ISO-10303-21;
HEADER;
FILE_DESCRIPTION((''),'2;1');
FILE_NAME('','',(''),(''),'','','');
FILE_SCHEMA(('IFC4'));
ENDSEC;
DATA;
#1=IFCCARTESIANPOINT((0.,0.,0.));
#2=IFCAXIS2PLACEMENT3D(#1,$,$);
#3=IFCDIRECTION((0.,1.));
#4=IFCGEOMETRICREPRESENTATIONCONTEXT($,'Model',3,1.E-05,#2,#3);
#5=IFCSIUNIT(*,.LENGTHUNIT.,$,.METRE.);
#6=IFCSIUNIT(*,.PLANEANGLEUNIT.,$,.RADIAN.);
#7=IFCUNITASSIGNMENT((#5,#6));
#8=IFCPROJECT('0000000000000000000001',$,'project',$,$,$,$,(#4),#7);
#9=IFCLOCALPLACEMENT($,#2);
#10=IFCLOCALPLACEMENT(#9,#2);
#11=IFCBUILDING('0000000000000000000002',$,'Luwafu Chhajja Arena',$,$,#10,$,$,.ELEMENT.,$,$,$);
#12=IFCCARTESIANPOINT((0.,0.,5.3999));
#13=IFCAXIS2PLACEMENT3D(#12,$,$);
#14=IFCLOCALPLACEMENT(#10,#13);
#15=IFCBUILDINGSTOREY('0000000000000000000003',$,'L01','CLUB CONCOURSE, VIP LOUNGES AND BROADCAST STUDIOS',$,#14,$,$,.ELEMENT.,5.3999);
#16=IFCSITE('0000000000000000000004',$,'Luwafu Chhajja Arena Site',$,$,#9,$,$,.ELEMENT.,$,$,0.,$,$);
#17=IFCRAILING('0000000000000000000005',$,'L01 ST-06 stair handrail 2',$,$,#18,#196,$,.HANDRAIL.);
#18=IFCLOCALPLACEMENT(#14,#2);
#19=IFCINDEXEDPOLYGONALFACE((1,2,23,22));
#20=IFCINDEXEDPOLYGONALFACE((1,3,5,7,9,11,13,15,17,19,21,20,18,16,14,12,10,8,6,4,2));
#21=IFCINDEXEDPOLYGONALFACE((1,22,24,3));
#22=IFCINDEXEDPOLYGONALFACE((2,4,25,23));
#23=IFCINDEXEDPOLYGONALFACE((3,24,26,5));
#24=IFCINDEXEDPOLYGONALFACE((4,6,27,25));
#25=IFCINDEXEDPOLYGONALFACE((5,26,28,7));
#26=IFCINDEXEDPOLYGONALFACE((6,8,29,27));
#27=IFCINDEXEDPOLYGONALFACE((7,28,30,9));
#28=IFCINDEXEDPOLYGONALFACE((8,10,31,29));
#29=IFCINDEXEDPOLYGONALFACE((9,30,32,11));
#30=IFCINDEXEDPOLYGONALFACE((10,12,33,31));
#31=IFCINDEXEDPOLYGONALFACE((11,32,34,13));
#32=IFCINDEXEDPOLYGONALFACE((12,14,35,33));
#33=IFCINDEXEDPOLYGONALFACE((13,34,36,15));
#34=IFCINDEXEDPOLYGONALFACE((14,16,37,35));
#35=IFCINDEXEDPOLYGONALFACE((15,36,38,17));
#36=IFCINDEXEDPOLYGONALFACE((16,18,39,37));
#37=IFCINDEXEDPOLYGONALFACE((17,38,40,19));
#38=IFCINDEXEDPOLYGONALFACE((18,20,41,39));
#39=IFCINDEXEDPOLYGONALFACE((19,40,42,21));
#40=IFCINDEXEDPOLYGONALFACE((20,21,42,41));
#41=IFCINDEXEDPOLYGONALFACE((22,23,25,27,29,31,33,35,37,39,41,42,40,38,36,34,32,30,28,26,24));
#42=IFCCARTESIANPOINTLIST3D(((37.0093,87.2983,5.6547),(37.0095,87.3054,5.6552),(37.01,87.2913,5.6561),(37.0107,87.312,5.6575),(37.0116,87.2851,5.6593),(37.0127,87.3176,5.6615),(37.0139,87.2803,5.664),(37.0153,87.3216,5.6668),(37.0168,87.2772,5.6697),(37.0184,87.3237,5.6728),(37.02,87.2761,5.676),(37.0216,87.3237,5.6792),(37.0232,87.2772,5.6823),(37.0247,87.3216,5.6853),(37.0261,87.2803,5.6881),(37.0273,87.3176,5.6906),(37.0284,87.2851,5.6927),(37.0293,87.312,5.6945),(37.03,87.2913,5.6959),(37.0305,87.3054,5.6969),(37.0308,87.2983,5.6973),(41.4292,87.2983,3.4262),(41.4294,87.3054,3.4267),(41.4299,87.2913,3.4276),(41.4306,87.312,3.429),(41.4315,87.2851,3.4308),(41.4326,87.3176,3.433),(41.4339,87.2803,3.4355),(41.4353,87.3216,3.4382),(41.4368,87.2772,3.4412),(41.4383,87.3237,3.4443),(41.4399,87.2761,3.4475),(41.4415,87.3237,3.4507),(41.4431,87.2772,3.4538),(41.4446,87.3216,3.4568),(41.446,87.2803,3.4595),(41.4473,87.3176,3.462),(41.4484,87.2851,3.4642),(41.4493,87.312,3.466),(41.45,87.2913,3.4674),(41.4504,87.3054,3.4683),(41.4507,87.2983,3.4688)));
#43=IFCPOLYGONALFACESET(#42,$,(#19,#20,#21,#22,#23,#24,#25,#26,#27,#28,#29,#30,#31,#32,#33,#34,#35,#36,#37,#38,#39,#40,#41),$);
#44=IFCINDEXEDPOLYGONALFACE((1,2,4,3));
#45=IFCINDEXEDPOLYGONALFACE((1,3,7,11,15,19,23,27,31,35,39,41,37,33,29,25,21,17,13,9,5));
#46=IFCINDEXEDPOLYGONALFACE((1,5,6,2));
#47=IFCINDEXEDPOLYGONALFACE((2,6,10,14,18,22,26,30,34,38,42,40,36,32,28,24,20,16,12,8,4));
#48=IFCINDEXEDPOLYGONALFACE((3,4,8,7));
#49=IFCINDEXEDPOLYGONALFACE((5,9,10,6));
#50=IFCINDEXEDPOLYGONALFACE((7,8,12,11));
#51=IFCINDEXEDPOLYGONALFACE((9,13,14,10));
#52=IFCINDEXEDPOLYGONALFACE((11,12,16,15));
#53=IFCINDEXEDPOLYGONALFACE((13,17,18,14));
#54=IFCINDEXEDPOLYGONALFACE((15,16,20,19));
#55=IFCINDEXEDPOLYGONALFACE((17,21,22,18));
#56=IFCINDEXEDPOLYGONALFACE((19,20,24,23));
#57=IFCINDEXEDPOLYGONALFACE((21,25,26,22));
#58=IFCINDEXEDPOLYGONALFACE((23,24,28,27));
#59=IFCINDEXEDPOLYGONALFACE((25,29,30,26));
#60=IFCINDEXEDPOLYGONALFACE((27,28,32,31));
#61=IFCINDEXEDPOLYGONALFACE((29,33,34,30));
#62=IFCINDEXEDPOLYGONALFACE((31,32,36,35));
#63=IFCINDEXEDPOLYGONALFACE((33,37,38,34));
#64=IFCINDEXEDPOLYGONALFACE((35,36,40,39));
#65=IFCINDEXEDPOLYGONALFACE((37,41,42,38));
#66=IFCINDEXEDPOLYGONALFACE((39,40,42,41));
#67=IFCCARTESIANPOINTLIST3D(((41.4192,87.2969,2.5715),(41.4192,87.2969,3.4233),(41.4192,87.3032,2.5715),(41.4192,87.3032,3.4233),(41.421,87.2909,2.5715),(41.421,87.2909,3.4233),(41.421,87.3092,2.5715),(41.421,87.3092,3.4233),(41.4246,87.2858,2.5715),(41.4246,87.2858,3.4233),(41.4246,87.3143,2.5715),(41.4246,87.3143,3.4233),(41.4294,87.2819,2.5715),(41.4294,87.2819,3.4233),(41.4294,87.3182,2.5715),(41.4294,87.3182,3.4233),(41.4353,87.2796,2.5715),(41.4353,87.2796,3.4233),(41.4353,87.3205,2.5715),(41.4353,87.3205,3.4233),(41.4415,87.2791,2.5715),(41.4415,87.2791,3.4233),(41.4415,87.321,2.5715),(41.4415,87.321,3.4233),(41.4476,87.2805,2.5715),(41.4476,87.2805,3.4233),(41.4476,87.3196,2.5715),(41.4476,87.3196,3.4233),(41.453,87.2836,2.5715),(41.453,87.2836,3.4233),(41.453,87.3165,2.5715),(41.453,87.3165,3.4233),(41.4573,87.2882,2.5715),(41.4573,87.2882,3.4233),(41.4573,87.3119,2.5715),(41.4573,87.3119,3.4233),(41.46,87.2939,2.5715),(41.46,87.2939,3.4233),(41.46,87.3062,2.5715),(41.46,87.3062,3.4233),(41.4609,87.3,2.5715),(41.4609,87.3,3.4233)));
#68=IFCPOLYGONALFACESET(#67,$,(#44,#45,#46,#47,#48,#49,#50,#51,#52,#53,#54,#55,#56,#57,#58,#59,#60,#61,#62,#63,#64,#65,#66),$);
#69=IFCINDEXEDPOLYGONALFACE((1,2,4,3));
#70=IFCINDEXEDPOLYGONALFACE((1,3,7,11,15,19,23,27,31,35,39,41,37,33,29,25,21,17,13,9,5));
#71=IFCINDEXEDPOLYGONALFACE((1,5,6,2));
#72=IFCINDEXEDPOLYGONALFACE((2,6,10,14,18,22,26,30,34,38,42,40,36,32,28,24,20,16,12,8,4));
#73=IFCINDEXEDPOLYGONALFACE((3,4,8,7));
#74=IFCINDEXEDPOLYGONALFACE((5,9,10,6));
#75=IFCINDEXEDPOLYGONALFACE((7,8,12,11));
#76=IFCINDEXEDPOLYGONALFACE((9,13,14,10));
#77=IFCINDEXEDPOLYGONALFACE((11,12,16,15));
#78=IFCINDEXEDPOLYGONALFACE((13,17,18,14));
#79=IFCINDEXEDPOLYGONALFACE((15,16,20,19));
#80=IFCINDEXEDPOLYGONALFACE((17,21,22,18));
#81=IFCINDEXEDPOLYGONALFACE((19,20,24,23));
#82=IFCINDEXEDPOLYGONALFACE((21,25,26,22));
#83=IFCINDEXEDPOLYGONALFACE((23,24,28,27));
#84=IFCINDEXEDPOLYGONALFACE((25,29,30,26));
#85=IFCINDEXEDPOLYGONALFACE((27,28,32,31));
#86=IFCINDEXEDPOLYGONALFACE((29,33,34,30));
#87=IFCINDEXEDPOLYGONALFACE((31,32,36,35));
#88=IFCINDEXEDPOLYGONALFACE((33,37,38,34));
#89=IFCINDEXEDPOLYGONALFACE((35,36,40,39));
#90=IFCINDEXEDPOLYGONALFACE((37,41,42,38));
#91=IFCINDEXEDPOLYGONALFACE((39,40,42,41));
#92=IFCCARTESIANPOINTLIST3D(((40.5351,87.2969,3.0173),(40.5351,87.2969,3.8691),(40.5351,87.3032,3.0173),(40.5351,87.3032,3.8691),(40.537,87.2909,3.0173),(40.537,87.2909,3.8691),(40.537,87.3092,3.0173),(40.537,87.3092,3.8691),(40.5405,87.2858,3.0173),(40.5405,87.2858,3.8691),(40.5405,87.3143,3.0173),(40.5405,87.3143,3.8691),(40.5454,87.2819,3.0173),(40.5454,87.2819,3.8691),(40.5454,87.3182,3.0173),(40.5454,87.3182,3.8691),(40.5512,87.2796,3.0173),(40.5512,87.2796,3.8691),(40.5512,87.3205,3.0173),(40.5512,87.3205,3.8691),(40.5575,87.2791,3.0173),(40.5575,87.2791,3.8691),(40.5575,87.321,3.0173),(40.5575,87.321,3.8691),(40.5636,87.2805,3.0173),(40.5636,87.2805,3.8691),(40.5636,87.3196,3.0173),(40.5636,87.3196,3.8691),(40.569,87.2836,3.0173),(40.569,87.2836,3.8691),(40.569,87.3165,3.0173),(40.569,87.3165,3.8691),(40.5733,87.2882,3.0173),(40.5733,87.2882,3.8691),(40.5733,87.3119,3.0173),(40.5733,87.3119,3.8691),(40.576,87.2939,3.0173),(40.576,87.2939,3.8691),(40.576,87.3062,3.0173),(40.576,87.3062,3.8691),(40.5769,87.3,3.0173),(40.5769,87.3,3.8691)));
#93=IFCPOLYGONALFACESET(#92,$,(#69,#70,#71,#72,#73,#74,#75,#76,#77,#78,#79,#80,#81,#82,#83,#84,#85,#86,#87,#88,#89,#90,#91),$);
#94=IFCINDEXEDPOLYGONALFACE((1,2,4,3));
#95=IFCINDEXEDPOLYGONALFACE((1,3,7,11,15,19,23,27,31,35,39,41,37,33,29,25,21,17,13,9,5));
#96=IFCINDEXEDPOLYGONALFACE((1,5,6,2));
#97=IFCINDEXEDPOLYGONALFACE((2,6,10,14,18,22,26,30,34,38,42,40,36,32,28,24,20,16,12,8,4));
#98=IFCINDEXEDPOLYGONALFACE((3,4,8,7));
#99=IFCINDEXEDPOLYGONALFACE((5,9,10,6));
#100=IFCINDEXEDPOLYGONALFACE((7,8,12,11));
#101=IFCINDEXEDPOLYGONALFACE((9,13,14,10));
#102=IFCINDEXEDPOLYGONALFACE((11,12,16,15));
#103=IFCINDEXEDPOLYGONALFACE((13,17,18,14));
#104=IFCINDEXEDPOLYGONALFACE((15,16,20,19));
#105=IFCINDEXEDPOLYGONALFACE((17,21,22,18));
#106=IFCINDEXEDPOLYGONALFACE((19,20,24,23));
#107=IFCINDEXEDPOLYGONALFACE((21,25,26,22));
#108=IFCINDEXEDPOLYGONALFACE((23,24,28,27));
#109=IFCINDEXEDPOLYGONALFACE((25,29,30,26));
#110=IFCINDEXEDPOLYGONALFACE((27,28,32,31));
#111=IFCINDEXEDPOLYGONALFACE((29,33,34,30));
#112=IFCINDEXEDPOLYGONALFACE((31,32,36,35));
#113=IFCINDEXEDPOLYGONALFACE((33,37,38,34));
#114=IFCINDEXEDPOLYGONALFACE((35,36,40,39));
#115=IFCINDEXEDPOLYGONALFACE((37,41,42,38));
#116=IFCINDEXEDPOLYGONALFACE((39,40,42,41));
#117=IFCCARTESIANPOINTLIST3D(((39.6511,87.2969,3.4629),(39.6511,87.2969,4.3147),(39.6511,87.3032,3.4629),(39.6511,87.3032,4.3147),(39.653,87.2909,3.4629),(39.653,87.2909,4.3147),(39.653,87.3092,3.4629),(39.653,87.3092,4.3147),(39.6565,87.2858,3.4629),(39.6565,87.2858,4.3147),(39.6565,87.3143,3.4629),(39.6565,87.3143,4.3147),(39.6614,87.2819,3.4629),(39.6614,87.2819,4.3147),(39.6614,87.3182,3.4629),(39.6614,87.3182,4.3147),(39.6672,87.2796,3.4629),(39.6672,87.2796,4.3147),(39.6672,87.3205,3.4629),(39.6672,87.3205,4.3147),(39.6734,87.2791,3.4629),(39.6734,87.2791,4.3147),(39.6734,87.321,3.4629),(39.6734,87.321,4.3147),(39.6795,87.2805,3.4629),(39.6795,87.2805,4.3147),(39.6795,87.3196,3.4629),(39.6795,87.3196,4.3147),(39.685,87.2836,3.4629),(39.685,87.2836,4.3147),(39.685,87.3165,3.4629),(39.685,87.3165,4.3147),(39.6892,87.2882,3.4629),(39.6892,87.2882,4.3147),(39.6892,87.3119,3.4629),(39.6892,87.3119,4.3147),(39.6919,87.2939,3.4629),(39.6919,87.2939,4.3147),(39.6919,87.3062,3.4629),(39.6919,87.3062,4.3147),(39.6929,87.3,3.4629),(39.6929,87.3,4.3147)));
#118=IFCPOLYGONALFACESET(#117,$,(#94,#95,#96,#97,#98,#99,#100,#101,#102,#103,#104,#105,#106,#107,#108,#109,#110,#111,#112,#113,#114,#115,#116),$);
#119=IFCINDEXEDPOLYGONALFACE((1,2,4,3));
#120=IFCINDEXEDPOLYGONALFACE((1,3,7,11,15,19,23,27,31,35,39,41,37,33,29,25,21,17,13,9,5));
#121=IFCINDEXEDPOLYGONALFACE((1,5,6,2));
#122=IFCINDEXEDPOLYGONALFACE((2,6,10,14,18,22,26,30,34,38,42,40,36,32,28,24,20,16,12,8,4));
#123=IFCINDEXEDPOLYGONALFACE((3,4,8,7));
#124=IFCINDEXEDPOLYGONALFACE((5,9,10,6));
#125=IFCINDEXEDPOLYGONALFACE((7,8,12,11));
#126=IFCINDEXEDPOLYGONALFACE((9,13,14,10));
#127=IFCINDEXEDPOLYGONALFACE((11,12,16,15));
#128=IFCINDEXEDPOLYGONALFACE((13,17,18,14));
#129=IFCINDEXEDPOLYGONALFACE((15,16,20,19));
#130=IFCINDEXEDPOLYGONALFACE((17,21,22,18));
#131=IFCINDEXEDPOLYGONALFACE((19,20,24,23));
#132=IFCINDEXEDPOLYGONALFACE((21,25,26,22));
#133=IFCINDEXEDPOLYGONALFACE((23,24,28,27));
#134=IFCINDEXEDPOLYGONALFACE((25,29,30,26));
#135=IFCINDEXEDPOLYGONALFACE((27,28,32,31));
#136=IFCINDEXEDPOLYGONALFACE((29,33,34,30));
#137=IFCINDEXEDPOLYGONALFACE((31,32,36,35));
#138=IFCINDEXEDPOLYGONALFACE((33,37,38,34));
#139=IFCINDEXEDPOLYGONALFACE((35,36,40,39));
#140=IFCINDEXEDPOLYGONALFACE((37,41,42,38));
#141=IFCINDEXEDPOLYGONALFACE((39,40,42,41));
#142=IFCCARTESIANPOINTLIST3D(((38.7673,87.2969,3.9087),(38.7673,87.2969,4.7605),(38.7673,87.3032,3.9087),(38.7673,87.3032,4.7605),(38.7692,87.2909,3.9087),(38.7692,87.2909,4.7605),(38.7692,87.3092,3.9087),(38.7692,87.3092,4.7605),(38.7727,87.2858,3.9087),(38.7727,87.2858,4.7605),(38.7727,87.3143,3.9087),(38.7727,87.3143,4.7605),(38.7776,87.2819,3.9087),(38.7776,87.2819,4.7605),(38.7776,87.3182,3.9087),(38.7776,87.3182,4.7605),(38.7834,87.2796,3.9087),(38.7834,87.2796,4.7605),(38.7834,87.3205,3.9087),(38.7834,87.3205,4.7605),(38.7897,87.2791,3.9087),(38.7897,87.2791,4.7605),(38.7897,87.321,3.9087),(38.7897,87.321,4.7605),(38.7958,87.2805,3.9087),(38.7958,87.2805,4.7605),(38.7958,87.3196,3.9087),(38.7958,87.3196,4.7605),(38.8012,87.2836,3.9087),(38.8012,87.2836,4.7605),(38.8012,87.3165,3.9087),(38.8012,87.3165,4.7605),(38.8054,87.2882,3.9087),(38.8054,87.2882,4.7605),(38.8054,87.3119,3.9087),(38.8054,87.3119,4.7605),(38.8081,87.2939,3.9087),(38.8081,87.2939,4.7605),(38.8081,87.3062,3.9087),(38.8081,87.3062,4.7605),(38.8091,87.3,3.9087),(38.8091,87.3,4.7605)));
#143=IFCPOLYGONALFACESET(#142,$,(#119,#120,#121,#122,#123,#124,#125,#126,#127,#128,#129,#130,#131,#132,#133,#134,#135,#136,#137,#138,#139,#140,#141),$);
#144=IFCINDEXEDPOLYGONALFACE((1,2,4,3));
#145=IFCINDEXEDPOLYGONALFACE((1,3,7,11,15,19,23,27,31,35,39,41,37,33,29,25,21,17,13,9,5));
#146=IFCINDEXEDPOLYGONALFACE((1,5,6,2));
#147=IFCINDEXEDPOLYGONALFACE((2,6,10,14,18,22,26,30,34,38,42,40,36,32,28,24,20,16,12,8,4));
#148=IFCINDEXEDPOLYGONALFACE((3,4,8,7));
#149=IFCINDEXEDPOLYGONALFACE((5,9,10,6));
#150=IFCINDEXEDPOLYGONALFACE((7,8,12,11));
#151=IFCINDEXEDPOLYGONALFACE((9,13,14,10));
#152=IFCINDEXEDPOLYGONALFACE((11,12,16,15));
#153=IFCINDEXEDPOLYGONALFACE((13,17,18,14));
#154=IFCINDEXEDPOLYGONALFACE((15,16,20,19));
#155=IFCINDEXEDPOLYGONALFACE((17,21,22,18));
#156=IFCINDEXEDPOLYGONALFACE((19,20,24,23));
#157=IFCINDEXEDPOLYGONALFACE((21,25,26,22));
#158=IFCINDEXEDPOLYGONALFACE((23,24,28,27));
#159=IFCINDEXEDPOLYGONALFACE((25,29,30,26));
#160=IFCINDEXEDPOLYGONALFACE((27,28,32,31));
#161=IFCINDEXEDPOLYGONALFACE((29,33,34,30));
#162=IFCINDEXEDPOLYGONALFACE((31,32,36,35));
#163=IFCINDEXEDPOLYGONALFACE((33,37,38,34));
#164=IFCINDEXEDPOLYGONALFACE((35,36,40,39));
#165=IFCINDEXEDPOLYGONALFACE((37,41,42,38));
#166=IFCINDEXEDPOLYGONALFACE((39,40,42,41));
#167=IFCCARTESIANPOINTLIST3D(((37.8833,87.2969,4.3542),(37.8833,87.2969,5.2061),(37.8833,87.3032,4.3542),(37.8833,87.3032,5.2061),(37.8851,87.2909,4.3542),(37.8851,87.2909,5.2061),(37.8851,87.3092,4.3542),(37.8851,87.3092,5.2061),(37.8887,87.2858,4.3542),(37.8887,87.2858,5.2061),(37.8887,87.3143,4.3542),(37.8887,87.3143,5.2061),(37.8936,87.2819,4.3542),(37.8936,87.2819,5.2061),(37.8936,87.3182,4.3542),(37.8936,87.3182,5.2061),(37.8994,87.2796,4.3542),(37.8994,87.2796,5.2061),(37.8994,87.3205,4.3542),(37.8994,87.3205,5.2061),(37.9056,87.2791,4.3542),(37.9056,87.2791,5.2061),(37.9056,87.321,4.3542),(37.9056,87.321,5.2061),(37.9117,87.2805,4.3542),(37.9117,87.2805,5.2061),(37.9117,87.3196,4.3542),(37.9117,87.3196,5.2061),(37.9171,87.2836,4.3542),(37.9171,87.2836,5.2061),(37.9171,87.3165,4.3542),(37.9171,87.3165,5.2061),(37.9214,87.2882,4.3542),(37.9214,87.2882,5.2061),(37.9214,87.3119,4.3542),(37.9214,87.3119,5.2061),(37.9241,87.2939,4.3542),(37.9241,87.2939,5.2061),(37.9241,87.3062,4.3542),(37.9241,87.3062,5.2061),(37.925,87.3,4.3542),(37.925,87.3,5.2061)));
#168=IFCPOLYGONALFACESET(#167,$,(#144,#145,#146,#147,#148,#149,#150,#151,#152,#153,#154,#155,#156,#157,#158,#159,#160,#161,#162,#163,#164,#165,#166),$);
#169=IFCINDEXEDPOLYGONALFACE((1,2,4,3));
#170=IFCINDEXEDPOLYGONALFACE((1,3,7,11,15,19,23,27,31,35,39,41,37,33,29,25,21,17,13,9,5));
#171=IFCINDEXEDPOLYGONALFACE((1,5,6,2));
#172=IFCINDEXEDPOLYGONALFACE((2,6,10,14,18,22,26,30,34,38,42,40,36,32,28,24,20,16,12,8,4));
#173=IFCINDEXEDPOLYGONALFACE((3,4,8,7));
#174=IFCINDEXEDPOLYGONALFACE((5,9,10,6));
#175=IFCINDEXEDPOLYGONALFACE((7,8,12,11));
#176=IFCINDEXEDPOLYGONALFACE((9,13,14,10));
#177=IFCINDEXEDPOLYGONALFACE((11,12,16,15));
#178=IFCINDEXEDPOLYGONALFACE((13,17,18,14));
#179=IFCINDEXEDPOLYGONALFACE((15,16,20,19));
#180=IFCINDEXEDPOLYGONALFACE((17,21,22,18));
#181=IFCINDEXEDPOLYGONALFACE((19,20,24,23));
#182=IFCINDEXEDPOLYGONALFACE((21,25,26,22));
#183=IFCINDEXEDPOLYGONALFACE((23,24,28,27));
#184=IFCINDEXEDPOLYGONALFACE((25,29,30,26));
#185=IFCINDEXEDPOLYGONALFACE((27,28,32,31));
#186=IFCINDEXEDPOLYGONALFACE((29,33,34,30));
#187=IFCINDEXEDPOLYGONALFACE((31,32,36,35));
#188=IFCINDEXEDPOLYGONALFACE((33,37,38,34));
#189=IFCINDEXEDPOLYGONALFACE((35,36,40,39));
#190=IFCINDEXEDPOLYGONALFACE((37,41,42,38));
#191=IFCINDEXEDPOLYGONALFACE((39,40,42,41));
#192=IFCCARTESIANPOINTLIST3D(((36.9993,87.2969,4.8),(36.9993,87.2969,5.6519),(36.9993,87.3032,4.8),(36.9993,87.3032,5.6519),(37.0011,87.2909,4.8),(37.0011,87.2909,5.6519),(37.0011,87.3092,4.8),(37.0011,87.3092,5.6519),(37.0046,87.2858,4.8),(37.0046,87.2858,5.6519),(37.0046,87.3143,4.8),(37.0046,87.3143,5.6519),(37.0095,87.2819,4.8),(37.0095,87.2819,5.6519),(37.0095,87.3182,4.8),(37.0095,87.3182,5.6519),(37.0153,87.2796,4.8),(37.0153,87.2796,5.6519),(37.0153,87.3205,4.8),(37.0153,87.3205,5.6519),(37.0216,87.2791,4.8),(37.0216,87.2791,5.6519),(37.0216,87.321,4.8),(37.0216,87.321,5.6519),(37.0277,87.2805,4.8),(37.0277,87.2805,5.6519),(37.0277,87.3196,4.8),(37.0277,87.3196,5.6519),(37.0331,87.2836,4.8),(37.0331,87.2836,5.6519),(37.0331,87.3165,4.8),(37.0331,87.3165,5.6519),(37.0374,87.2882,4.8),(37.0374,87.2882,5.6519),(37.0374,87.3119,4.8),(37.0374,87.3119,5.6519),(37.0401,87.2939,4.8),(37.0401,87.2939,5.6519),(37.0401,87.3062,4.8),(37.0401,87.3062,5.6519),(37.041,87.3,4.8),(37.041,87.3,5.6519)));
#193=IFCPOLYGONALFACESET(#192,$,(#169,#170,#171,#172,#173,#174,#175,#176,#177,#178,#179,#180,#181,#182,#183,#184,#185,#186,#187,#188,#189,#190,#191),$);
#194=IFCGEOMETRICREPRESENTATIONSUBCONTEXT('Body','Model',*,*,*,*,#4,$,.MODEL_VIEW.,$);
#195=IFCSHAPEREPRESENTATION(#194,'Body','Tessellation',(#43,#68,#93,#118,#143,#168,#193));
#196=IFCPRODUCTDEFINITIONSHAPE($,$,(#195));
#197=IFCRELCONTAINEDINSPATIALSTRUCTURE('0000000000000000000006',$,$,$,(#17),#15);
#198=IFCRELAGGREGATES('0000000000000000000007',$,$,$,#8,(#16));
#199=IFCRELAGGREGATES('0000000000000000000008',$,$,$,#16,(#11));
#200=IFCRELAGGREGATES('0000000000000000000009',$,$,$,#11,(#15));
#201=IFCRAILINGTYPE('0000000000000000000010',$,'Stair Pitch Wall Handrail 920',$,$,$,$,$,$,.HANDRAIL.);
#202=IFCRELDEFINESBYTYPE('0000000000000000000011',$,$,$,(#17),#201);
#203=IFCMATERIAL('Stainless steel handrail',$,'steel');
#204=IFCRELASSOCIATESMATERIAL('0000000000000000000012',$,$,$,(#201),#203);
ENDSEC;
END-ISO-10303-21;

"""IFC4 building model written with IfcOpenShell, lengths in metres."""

from ifc_helpers import new_model, si_unit, direction, frame, origin, origin_2d, place, context, subcontext, project, spatial, circle, extrude, material, type_object, element, save


model = new_model("IFC4")

# Units and contexts
model_context = context("Model", 3, precision=1e-05, world=origin(), true_north=direction((0.0, 1.0)))
body_context = subcontext(model_context, "Body", "Model", "MODEL_VIEW")
ifc_project = project(units=[si_unit("LENGTHUNIT", "METRE"), si_unit("PLANEANGLEUNIT", "RADIAN")], contexts=[model_context])

# Site, building, storey
site_placement = place(None, origin())
site = spatial("IfcSite", under=ifc_project, at=site_placement, Name="Luwafu Chhajja Arena Site", CompositionType="ELEMENT", RefElevation=0.0)
building_placement = place(site_placement, origin())
building = spatial("IfcBuilding", under=site, at=building_placement, Name="Luwafu Chhajja Arena", CompositionType="ELEMENT")
storey_placement = place(building_placement, frame((0.0, 0.0, 5.3999)))
storey = spatial("IfcBuildingStorey", under=building, at=storey_placement, Name="L01", Description="CLUB CONCOURSE, VIP LOUNGES AND BROADCAST STUDIOS", CompositionType="ELEMENT", Elevation=5.3999)

# Railing
ifc_material_1 = material(Name="Stainless steel handrail", Category="steel")
railing_type_1 = type_object("IfcRailingType", Name="Stair Pitch Wall Handrail 920", PredefinedType="HANDRAIL", material=ifc_material_1)
for number, where, name in (
    (1, (41.4399, 87.3, 2.5715), "L01 ST-06 stair handrail 2"),
):
    element("IfcRailing", number, at=place(storey_placement, frame(where)), inside=storey, type_object=railing_type_1, Name=name, PredefinedType="HANDRAIL", context=body_context, shape_type="SweptSolid", body=[
        extrude(circle(Radius=0.0239, at=origin_2d()), frame((0.0, 0.0, 0.876), z_axis=(-0.892923, 0.0, 0.45021), x_axis=(0.0, -1.0, 0.0)), (0.0, 0.0, 1.0), 4.95),
        extrude(circle(Radius=0.021, at=origin_2d()), origin(), (0.0, 0.0, 1.0), 0.8518),
        extrude(circle(Radius=0.021, at=origin_2d()), frame((-0.884, 0.0, 0.4458)), (0.0, 0.0, 1.0), 0.8518),
        extrude(circle(Radius=0.021, at=origin_2d()), frame((-1.7681, 0.0, 0.8914)), (0.0, 0.0, 1.0), 0.8518),
        extrude(circle(Radius=0.021, at=origin_2d()), frame((-2.6519, 0.0, 1.3372)), (0.0, 0.0, 1.0), 0.8518),
        extrude(circle(Radius=0.021, at=origin_2d()), frame((-3.5359, 0.0, 1.7827)), (0.0, 0.0, 1.0), 0.8518),
        extrude(circle(Radius=0.021, at=origin_2d()), frame((-4.4199, 0.0, 2.2285)), (0.0, 0.0, 1.0), 0.8518),
    ])

save(model, "model.ifc")
